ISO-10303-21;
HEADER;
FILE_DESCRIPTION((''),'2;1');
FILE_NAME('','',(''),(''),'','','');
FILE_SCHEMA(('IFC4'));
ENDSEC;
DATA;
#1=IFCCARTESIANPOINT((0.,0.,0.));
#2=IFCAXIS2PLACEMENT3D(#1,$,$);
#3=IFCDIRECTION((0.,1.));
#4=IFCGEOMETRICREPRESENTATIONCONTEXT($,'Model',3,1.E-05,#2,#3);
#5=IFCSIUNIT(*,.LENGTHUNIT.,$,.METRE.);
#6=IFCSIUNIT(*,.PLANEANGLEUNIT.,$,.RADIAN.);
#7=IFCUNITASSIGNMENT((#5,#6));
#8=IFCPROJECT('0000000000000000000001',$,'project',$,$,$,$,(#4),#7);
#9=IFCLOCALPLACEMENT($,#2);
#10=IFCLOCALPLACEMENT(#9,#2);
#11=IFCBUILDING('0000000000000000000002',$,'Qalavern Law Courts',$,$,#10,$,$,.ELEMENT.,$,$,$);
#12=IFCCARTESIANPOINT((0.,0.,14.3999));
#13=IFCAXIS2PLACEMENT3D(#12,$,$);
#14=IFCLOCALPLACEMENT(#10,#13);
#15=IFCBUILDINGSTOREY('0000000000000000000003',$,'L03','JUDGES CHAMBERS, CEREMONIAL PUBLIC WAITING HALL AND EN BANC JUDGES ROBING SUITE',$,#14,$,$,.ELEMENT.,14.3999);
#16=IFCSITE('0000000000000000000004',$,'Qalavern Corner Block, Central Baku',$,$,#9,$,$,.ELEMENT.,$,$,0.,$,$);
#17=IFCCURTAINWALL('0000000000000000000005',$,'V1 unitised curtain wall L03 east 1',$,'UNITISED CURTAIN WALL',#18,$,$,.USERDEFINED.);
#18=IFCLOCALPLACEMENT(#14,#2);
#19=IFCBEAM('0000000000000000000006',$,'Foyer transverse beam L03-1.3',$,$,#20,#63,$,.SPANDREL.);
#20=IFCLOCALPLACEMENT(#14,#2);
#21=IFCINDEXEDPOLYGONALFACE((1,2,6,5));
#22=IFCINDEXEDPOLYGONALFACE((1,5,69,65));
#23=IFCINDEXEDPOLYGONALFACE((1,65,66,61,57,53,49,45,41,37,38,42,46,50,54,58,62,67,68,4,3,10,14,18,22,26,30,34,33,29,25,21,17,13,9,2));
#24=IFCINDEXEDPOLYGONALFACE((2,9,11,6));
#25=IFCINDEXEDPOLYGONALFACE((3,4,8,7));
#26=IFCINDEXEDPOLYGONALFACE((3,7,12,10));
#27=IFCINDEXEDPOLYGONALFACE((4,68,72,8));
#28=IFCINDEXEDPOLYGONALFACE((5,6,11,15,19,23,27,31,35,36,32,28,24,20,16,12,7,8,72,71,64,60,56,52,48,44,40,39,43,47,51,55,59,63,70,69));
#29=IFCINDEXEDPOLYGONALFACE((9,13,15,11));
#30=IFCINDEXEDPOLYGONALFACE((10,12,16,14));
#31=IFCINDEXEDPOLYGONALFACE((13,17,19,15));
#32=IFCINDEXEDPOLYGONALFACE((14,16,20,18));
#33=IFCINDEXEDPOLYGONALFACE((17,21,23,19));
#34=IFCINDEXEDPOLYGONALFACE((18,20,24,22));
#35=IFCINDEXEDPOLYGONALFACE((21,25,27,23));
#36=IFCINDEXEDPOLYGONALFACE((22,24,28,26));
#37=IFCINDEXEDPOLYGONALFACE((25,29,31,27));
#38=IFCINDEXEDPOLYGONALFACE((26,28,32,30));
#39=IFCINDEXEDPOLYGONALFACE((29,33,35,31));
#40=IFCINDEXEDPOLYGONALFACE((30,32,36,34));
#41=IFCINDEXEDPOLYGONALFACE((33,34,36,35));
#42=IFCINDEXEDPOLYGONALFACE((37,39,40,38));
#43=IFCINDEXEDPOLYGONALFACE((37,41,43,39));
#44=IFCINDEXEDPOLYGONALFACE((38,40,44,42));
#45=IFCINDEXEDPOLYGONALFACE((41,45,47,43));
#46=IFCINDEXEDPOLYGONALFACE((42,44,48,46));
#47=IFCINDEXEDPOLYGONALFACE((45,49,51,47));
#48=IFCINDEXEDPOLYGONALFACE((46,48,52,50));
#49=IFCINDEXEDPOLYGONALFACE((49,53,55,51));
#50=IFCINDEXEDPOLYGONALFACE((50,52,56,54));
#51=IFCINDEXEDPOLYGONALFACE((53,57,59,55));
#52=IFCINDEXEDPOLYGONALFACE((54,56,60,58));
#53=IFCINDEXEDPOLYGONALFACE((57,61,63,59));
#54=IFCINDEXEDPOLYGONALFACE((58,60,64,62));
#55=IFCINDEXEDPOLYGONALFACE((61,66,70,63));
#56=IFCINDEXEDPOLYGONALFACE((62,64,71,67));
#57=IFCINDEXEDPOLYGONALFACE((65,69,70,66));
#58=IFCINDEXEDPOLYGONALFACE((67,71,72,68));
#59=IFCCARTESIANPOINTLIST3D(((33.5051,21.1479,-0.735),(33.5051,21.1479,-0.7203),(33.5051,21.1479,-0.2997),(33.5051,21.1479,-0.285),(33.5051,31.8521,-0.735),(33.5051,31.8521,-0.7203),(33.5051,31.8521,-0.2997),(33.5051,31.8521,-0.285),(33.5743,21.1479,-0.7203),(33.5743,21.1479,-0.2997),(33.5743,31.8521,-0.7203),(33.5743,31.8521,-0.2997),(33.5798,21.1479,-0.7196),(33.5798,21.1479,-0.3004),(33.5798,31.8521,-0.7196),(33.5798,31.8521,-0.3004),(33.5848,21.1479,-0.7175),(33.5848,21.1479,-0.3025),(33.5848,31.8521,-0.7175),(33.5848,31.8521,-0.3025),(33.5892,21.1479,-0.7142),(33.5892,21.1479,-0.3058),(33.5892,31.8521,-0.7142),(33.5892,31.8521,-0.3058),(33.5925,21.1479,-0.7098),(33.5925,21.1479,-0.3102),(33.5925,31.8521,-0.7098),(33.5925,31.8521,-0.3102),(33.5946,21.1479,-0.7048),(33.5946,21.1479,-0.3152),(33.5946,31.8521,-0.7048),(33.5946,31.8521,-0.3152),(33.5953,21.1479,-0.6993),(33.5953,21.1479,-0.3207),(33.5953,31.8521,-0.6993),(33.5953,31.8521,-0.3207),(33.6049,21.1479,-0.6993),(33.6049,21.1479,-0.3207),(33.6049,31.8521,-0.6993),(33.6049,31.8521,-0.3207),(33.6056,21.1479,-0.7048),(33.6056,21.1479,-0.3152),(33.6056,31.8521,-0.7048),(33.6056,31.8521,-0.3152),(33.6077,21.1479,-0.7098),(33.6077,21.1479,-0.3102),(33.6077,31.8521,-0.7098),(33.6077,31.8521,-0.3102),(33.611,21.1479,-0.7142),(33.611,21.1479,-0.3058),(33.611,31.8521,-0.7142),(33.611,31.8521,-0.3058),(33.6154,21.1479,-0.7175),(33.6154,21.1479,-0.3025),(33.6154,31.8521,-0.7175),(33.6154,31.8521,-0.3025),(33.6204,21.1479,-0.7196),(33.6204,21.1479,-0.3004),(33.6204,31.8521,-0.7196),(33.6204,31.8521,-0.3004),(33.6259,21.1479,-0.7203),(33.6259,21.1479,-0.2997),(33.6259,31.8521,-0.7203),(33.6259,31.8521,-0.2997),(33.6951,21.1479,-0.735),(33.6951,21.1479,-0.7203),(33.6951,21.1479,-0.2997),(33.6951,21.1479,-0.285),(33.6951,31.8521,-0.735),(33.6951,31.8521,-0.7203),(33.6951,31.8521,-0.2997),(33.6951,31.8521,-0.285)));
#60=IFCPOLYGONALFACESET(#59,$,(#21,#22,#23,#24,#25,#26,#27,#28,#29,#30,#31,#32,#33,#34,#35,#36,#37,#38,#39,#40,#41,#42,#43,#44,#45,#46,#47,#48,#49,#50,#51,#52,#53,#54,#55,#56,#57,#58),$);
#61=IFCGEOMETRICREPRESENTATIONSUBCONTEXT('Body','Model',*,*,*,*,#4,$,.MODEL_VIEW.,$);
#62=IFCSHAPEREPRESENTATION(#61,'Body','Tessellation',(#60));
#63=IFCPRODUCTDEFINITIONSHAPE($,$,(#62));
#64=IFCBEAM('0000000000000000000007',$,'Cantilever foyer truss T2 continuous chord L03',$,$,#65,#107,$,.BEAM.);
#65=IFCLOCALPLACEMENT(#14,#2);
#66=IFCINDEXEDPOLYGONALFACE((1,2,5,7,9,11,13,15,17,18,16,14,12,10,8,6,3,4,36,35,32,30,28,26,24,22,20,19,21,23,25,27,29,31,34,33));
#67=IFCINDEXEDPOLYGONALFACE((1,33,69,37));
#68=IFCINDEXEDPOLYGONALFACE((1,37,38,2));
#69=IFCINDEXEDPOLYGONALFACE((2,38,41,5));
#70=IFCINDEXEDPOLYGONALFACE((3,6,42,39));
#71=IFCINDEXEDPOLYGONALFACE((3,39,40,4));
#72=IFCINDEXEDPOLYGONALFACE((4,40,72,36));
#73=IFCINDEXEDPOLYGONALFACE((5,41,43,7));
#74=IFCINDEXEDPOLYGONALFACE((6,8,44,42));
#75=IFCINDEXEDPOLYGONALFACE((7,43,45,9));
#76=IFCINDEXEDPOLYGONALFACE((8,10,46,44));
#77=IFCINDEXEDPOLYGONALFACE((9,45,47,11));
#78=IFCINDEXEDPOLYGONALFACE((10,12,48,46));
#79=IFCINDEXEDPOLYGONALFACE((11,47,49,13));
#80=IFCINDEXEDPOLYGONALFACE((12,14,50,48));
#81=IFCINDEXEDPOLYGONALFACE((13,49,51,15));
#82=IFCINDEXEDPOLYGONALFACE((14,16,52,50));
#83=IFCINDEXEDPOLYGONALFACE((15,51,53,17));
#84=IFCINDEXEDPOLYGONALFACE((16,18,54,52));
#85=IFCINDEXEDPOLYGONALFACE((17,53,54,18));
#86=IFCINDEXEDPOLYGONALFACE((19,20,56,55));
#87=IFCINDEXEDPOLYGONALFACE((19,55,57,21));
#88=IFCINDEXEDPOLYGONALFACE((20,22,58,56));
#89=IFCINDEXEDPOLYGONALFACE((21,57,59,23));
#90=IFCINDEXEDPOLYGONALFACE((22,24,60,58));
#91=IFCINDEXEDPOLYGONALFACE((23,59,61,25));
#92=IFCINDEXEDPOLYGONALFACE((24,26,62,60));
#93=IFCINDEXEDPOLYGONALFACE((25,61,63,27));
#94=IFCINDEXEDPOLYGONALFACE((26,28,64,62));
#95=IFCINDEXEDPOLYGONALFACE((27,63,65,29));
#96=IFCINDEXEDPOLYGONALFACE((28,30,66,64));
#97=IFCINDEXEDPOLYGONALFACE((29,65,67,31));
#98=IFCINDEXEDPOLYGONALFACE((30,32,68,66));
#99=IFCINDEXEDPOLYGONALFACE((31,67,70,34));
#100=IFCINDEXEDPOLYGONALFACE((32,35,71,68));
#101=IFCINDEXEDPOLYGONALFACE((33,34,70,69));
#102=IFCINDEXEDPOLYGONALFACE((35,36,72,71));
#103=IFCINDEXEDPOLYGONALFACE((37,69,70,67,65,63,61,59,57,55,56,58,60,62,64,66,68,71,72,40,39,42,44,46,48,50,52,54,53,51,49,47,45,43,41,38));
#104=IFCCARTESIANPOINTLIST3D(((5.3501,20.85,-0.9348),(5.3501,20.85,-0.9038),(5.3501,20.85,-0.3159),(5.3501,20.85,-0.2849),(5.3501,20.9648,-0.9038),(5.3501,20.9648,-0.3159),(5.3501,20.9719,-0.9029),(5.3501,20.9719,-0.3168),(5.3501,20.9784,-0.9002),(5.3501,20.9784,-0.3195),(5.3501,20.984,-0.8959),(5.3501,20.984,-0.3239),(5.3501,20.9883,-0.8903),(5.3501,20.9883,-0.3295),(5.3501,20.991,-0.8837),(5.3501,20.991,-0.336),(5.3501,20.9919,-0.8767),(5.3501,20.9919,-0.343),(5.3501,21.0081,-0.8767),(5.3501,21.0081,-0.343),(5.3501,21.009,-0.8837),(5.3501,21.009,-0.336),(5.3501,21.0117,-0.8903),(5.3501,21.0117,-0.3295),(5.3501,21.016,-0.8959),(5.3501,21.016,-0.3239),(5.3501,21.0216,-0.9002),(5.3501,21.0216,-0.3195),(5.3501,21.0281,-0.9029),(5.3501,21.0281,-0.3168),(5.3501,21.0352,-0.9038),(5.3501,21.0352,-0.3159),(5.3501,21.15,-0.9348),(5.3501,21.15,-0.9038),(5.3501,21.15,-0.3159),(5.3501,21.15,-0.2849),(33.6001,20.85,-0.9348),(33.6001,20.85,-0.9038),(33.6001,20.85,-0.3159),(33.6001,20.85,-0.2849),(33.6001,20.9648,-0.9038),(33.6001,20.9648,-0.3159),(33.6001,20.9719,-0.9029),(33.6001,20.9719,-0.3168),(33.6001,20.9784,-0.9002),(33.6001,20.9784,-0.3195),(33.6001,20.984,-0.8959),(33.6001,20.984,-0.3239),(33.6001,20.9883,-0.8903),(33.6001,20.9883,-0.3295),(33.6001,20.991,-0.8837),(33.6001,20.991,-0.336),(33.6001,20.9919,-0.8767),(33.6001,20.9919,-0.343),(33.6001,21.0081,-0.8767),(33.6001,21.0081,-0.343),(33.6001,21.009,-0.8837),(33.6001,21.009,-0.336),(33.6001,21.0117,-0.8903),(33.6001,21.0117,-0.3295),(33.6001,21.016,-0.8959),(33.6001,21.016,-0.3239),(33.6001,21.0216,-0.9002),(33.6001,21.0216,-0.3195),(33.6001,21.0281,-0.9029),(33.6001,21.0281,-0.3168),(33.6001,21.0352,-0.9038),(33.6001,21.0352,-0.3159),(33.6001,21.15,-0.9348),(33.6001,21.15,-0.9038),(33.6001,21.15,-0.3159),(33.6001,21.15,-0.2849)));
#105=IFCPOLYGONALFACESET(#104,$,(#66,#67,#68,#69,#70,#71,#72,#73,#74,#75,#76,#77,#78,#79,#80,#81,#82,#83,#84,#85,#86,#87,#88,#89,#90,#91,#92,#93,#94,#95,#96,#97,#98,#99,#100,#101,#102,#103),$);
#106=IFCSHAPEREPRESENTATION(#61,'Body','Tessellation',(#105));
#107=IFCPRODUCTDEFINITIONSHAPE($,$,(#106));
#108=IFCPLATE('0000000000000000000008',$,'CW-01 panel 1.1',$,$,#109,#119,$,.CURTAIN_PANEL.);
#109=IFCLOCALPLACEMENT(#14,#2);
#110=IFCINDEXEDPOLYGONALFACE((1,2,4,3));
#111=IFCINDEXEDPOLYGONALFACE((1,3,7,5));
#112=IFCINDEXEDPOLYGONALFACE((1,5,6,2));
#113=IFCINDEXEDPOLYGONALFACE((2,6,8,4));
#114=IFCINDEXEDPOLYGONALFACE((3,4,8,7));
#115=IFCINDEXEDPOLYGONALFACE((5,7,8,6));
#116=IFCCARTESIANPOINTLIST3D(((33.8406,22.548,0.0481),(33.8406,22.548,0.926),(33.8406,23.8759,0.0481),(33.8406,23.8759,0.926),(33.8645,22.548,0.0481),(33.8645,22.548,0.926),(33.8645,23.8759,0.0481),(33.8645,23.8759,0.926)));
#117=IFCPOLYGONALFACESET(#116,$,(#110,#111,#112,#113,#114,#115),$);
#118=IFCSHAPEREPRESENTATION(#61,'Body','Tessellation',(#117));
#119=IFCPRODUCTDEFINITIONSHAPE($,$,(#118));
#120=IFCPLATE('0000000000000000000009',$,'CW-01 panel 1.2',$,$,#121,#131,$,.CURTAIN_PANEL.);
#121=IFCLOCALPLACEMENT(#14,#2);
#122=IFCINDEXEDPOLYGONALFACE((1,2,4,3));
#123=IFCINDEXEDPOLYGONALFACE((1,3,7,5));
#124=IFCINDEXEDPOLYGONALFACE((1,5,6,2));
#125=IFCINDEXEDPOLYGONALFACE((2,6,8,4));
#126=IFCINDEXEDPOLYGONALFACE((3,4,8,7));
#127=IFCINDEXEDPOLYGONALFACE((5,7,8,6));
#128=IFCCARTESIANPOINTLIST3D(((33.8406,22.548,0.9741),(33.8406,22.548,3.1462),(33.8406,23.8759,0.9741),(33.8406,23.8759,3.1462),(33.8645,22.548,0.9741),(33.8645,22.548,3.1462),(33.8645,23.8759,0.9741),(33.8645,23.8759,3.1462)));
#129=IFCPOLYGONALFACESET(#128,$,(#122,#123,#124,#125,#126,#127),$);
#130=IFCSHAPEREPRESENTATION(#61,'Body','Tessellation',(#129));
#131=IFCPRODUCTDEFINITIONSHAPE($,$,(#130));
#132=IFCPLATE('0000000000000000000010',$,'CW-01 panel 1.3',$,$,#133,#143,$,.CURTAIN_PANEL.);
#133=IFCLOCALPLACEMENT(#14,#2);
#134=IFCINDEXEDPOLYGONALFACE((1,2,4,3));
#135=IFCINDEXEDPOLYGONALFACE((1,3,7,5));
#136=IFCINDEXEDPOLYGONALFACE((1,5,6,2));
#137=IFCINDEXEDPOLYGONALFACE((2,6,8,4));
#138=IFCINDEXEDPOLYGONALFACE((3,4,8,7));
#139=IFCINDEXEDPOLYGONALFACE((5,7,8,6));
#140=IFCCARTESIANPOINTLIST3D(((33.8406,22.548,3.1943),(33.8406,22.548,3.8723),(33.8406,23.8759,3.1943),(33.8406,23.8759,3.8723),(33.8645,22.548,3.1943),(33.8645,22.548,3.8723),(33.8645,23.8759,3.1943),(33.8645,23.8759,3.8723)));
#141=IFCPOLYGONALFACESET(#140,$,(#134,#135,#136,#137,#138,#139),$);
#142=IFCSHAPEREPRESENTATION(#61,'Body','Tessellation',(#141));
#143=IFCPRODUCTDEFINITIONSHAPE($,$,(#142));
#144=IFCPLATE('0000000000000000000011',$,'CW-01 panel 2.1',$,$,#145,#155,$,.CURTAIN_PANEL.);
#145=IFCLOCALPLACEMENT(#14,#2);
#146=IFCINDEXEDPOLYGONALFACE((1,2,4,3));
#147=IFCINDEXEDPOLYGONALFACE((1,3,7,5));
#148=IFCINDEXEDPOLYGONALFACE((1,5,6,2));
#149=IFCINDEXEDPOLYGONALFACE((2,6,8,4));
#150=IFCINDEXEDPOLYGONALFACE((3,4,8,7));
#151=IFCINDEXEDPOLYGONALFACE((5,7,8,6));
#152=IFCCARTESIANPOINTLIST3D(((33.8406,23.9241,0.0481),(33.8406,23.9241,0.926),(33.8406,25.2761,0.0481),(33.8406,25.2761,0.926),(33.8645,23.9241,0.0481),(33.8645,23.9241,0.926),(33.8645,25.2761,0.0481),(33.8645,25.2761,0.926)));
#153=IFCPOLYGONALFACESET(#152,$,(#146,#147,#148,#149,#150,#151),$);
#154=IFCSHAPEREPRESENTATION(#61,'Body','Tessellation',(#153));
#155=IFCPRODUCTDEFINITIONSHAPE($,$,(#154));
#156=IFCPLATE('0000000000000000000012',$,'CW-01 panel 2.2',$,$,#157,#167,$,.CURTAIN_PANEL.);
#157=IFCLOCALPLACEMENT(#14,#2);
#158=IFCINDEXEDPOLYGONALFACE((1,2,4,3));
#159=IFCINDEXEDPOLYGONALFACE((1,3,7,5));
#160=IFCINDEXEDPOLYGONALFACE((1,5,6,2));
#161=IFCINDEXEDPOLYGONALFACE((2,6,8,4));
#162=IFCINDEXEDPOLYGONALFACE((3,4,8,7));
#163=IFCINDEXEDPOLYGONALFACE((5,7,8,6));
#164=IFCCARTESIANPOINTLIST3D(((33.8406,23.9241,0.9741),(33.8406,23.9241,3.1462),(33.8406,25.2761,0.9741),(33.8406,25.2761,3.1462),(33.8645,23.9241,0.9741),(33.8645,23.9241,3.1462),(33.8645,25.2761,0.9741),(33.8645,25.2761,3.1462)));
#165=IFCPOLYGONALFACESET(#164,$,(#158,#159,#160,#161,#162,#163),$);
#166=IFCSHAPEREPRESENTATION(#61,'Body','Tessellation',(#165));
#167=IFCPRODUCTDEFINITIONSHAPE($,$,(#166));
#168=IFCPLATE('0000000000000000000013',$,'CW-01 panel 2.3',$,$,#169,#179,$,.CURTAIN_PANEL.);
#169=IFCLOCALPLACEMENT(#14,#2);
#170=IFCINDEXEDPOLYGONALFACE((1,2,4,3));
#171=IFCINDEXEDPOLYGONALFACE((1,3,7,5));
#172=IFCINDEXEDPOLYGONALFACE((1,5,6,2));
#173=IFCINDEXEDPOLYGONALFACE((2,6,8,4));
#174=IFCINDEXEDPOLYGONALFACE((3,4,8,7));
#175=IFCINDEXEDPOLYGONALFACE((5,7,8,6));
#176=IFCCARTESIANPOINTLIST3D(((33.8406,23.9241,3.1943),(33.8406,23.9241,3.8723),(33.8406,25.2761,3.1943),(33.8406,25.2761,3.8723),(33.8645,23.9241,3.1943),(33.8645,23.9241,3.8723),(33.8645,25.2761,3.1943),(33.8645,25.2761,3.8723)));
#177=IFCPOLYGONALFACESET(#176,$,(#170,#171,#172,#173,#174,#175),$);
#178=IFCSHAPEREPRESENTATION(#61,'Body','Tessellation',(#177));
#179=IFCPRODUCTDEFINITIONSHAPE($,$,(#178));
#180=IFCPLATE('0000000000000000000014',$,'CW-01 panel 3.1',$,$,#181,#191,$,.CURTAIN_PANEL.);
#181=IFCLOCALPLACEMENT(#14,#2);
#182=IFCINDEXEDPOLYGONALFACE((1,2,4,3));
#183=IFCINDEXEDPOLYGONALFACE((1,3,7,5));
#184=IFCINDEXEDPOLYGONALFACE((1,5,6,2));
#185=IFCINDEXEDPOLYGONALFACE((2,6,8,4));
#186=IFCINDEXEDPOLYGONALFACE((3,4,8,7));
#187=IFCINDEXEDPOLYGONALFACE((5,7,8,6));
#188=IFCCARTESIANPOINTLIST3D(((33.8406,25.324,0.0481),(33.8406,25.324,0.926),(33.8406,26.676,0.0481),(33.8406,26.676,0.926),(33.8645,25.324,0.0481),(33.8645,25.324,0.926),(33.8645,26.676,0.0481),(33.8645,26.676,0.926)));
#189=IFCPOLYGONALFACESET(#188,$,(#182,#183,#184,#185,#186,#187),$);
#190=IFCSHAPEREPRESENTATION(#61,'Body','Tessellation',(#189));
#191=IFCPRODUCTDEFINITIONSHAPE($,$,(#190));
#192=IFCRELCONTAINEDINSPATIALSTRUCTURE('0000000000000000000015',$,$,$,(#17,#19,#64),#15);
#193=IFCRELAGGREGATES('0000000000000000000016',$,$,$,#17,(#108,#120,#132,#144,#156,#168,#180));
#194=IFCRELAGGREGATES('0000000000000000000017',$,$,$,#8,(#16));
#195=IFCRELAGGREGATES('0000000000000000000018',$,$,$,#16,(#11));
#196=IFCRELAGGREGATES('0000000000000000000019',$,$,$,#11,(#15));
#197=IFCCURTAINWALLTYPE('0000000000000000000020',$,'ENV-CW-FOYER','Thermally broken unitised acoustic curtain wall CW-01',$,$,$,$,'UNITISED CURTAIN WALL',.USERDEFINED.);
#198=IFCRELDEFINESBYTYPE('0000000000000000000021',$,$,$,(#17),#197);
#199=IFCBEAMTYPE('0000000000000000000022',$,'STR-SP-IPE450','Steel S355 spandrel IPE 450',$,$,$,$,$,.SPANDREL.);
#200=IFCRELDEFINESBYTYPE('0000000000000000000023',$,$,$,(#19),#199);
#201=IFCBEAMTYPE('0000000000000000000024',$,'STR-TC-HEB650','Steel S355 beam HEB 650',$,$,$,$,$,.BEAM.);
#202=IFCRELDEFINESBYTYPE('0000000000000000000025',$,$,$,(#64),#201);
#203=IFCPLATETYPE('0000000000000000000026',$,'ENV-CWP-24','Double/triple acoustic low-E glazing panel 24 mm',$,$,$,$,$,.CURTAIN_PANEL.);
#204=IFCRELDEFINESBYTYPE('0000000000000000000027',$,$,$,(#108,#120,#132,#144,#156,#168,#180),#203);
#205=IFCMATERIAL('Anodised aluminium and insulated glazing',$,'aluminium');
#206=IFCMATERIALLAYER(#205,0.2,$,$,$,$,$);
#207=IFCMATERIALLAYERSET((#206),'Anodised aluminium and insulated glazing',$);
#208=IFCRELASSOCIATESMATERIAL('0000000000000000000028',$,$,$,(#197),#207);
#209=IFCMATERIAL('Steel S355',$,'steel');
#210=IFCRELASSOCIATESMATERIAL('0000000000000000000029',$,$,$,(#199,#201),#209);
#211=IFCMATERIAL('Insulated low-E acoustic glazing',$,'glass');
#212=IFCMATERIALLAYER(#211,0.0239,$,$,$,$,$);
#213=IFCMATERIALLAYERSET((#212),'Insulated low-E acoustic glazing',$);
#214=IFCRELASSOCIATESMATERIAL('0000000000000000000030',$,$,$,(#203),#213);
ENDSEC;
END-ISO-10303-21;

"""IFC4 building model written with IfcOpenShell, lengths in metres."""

from ifc_helpers import new_model, si_unit, direction, frame, origin, origin_2d, place, context, subcontext, project, spatial, rectangle, i_section, extrude, material, layer, layer_set, material_profile, profile_set, type_object, element, aggregate, save


model = new_model("IFC4")

# Units and contexts
model_context = context("Model", 3, precision=1e-05, world=origin(), true_north=direction((0.0, 1.0)))
body_context = subcontext(model_context, "Body", "Model", "MODEL_VIEW")
ifc_project = project(units=[si_unit("LENGTHUNIT", "METRE"), si_unit("PLANEANGLEUNIT", "RADIAN")], contexts=[model_context])

# Site, building, storey
site_placement = place(None, origin())
site = spatial("IfcSite", under=ifc_project, at=site_placement, Name="Qalavern Corner Block, Central Baku", CompositionType="ELEMENT", RefElevation=0.0)
building_placement = place(site_placement, origin())
building = spatial("IfcBuilding", under=site, at=building_placement, Name="Qalavern Law Courts", CompositionType="ELEMENT")
storey_placement = place(building_placement, frame((0.0, 0.0, 14.3999)))
storey = spatial("IfcBuildingStorey", under=building, at=storey_placement, Name="L03", Description="JUDGES CHAMBERS, CEREMONIAL PUBLIC WAITING HALL AND EN BANC JUDGES ROBING SUITE", CompositionType="ELEMENT", Elevation=14.3999)

# Curtain wall
ifc_material_1 = material(Name="Anodised aluminium and insulated glazing", Category="aluminium")
ifc_layer_1 = layer(ifc_material_1, 0.2)
ifc_layer_set_1 = layer_set([ifc_layer_1], Name="Anodised aluminium and insulated glazing")
curtain_wall_type = type_object("IfcCurtainWallType", Name="ENV-CW-FOYER", Description="Thermally broken unitised acoustic curtain wall CW-01", ElementType="UNITISED CURTAIN WALL", PredefinedType="USERDEFINED", material=ifc_layer_set_1)
curtain_wall_placement = place(storey_placement, origin())
curtain_wall = element("IfcCurtainWall", 1, at=curtain_wall_placement, inside=storey, type_object=curtain_wall_type, Name="V1 unitised curtain wall L03 east 1", ObjectType="UNITISED CURTAIN WALL", PredefinedType="USERDEFINED")

# Shared definitions
ifc_material_2 = material(Name="Steel S355", Category="steel")

# Beams
ifc_material_profile_1 = material_profile(ifc_material_2, i_section(OverallWidth=0.1899, OverallDepth=0.45, WebThickness=0.0095, FlangeThickness=0.0146, FilletRadius=0.021, at=origin_2d()), Name="IPE 450")
ifc_profile_set_1 = profile_set([ifc_material_profile_1], Name="Steel S355")
beam_type_1 = type_object("IfcBeamType", Name="STR-SP-IPE450", Description="Steel S355 spandrel IPE 450", PredefinedType="SPANDREL", material=ifc_profile_set_1)
beam_1_placement = place(storey_placement, frame((33.6001, 21.1479, -0.51), z_axis=(0.0, 1.0, 0.0), x_axis=(-1.0, 0.0, 0.0)))
element("IfcBeam", 2, at=beam_1_placement, inside=storey, type_object=beam_type_1, Name="Foyer transverse beam L03-1.3", PredefinedType="SPANDREL", context=body_context, shape_type="SweptSolid", body=[
    extrude(i_section(OverallWidth=0.1899, OverallDepth=0.45, WebThickness=0.0095, FlangeThickness=0.0146, FilletRadius=0.021, at=origin_2d()), origin(), (0.0, 0.0, 1.0), 10.7041),
])
ifc_material_profile_2 = material_profile(ifc_material_2, i_section(OverallWidth=0.3, OverallDepth=0.6499, WebThickness=0.0161, FlangeThickness=0.031, FilletRadius=0.0271, at=origin_2d()), Name="HEB 650")
ifc_profile_set_2 = profile_set([ifc_material_profile_2], Name="Steel S355")
beam_type_2 = type_object("IfcBeamType", Name="STR-TC-HEB650", Description="Steel S355 beam HEB 650", PredefinedType="BEAM", material=ifc_profile_set_2)
beam_2_placement = place(storey_placement, frame((33.6001, 21.0, -0.6099), z_axis=(-1.0, 0.0, 0.0), x_axis=(0.0, -1.0, 0.0)))
element("IfcBeam", 3, at=beam_2_placement, inside=storey, type_object=beam_type_2, Name="Cantilever foyer truss T2 continuous chord L03", PredefinedType="BEAM", context=body_context, shape_type="SweptSolid", body=[
    extrude(i_section(OverallWidth=0.3, OverallDepth=0.6499, WebThickness=0.0161, FlangeThickness=0.031, FilletRadius=0.0271, at=origin_2d()), origin(), (0.0, 0.0, 1.0), 28.25),
])

# Plates
ifc_material_3 = material(Name="Insulated low-E acoustic glazing", Category="glass")
ifc_layer_2 = layer(ifc_material_3, 0.0239)
ifc_layer_set_2 = layer_set([ifc_layer_2], Name="Insulated low-E acoustic glazing")
plate_type = type_object("IfcPlateType", Name="ENV-CWP-24", Description="Double/triple acoustic low-E glazing panel 24 mm", PredefinedType="CURTAIN_PANEL", material=ifc_layer_set_2)
plate_1_placement = place(storey_placement, frame((33.8525, 23.2119, 0.0481), z_axis=(0.0, 0.0, 1.0), x_axis=(0.0, 1.0, 0.0)))
plate_1 = element("IfcPlate", 4, at=plate_1_placement, type_object=plate_type, Name="CW-01 panel 1.1", PredefinedType="CURTAIN_PANEL", context=body_context, shape_type="SweptSolid", body=[
    extrude(rectangle(XDim=1.3279, YDim=0.0239, at=origin_2d()), origin(), (0.0, 0.0, 1.0), 0.8779),
])
plate_2_placement = place(storey_placement, frame((33.8525, 23.2119, 0.9741), z_axis=(0.0, 0.0, 1.0), x_axis=(0.0, 1.0, 0.0)))
plate_2 = element("IfcPlate", 5, at=plate_2_placement, type_object=plate_type, Name="CW-01 panel 1.2", PredefinedType="CURTAIN_PANEL", context=body_context, shape_type="SweptSolid", body=[
    extrude(rectangle(XDim=1.3279, YDim=0.0239, at=origin_2d()), origin(), (0.0, 0.0, 1.0), 2.1721),
])
plate_3_placement = place(storey_placement, frame((33.8525, 23.2119, 3.1943), z_axis=(0.0, 0.0, 1.0), x_axis=(0.0, 1.0, 0.0)))
plate_3 = element("IfcPlate", 6, at=plate_3_placement, type_object=plate_type, Name="CW-01 panel 1.3", PredefinedType="CURTAIN_PANEL", context=body_context, shape_type="SweptSolid", body=[
    extrude(rectangle(XDim=1.3279, YDim=0.0239, at=origin_2d()), origin(), (0.0, 0.0, 1.0), 0.678),
])
plate_4_placement = place(storey_placement, frame((33.8525, 24.6001, 0.0481), z_axis=(0.0, 0.0, 1.0), x_axis=(0.0, 1.0, 0.0)))
plate_4 = element("IfcPlate", 7, at=plate_4_placement, type_object=plate_type, Name="CW-01 panel 2.1", PredefinedType="CURTAIN_PANEL", context=body_context, shape_type="SweptSolid", body=[
    extrude(rectangle(XDim=1.3521, YDim=0.0239, at=origin_2d()), origin(), (0.0, 0.0, 1.0), 0.8779),
])
plate_5_placement = place(storey_placement, frame((33.8525, 24.6001, 0.9741), z_axis=(0.0, 0.0, 1.0), x_axis=(0.0, 1.0, 0.0)))
plate_5 = element("IfcPlate", 8, at=plate_5_placement, type_object=plate_type, Name="CW-01 panel 2.2", PredefinedType="CURTAIN_PANEL", context=body_context, shape_type="SweptSolid", body=[
    extrude(rectangle(XDim=1.3521, YDim=0.0239, at=origin_2d()), origin(), (0.0, 0.0, 1.0), 2.1721),
])
plate_6_placement = place(storey_placement, frame((33.8525, 24.6001, 3.1943), z_axis=(0.0, 0.0, 1.0), x_axis=(0.0, 1.0, 0.0)))
plate_6 = element("IfcPlate", 9, at=plate_6_placement, type_object=plate_type, Name="CW-01 panel 2.3", PredefinedType="CURTAIN_PANEL", context=body_context, shape_type="SweptSolid", body=[
    extrude(rectangle(XDim=1.3521, YDim=0.0239, at=origin_2d()), origin(), (0.0, 0.0, 1.0), 0.678),
])
plate_7_placement = place(storey_placement, frame((33.8525, 26.0, 0.0481), z_axis=(0.0, 0.0, 1.0), x_axis=(0.0, 1.0, 0.0)))
plate_7 = element("IfcPlate", 10, at=plate_7_placement, type_object=plate_type, Name="CW-01 panel 3.1", PredefinedType="CURTAIN_PANEL", context=body_context, shape_type="SweptSolid", body=[
    extrude(rectangle(XDim=1.3521, YDim=0.0239, at=origin_2d()), origin(), (0.0, 0.0, 1.0), 0.8779),
])
aggregate(curtain_wall, [plate_1, plate_2, plate_3, plate_4, plate_5, plate_6, plate_7])

save(model, "model.ifc")
